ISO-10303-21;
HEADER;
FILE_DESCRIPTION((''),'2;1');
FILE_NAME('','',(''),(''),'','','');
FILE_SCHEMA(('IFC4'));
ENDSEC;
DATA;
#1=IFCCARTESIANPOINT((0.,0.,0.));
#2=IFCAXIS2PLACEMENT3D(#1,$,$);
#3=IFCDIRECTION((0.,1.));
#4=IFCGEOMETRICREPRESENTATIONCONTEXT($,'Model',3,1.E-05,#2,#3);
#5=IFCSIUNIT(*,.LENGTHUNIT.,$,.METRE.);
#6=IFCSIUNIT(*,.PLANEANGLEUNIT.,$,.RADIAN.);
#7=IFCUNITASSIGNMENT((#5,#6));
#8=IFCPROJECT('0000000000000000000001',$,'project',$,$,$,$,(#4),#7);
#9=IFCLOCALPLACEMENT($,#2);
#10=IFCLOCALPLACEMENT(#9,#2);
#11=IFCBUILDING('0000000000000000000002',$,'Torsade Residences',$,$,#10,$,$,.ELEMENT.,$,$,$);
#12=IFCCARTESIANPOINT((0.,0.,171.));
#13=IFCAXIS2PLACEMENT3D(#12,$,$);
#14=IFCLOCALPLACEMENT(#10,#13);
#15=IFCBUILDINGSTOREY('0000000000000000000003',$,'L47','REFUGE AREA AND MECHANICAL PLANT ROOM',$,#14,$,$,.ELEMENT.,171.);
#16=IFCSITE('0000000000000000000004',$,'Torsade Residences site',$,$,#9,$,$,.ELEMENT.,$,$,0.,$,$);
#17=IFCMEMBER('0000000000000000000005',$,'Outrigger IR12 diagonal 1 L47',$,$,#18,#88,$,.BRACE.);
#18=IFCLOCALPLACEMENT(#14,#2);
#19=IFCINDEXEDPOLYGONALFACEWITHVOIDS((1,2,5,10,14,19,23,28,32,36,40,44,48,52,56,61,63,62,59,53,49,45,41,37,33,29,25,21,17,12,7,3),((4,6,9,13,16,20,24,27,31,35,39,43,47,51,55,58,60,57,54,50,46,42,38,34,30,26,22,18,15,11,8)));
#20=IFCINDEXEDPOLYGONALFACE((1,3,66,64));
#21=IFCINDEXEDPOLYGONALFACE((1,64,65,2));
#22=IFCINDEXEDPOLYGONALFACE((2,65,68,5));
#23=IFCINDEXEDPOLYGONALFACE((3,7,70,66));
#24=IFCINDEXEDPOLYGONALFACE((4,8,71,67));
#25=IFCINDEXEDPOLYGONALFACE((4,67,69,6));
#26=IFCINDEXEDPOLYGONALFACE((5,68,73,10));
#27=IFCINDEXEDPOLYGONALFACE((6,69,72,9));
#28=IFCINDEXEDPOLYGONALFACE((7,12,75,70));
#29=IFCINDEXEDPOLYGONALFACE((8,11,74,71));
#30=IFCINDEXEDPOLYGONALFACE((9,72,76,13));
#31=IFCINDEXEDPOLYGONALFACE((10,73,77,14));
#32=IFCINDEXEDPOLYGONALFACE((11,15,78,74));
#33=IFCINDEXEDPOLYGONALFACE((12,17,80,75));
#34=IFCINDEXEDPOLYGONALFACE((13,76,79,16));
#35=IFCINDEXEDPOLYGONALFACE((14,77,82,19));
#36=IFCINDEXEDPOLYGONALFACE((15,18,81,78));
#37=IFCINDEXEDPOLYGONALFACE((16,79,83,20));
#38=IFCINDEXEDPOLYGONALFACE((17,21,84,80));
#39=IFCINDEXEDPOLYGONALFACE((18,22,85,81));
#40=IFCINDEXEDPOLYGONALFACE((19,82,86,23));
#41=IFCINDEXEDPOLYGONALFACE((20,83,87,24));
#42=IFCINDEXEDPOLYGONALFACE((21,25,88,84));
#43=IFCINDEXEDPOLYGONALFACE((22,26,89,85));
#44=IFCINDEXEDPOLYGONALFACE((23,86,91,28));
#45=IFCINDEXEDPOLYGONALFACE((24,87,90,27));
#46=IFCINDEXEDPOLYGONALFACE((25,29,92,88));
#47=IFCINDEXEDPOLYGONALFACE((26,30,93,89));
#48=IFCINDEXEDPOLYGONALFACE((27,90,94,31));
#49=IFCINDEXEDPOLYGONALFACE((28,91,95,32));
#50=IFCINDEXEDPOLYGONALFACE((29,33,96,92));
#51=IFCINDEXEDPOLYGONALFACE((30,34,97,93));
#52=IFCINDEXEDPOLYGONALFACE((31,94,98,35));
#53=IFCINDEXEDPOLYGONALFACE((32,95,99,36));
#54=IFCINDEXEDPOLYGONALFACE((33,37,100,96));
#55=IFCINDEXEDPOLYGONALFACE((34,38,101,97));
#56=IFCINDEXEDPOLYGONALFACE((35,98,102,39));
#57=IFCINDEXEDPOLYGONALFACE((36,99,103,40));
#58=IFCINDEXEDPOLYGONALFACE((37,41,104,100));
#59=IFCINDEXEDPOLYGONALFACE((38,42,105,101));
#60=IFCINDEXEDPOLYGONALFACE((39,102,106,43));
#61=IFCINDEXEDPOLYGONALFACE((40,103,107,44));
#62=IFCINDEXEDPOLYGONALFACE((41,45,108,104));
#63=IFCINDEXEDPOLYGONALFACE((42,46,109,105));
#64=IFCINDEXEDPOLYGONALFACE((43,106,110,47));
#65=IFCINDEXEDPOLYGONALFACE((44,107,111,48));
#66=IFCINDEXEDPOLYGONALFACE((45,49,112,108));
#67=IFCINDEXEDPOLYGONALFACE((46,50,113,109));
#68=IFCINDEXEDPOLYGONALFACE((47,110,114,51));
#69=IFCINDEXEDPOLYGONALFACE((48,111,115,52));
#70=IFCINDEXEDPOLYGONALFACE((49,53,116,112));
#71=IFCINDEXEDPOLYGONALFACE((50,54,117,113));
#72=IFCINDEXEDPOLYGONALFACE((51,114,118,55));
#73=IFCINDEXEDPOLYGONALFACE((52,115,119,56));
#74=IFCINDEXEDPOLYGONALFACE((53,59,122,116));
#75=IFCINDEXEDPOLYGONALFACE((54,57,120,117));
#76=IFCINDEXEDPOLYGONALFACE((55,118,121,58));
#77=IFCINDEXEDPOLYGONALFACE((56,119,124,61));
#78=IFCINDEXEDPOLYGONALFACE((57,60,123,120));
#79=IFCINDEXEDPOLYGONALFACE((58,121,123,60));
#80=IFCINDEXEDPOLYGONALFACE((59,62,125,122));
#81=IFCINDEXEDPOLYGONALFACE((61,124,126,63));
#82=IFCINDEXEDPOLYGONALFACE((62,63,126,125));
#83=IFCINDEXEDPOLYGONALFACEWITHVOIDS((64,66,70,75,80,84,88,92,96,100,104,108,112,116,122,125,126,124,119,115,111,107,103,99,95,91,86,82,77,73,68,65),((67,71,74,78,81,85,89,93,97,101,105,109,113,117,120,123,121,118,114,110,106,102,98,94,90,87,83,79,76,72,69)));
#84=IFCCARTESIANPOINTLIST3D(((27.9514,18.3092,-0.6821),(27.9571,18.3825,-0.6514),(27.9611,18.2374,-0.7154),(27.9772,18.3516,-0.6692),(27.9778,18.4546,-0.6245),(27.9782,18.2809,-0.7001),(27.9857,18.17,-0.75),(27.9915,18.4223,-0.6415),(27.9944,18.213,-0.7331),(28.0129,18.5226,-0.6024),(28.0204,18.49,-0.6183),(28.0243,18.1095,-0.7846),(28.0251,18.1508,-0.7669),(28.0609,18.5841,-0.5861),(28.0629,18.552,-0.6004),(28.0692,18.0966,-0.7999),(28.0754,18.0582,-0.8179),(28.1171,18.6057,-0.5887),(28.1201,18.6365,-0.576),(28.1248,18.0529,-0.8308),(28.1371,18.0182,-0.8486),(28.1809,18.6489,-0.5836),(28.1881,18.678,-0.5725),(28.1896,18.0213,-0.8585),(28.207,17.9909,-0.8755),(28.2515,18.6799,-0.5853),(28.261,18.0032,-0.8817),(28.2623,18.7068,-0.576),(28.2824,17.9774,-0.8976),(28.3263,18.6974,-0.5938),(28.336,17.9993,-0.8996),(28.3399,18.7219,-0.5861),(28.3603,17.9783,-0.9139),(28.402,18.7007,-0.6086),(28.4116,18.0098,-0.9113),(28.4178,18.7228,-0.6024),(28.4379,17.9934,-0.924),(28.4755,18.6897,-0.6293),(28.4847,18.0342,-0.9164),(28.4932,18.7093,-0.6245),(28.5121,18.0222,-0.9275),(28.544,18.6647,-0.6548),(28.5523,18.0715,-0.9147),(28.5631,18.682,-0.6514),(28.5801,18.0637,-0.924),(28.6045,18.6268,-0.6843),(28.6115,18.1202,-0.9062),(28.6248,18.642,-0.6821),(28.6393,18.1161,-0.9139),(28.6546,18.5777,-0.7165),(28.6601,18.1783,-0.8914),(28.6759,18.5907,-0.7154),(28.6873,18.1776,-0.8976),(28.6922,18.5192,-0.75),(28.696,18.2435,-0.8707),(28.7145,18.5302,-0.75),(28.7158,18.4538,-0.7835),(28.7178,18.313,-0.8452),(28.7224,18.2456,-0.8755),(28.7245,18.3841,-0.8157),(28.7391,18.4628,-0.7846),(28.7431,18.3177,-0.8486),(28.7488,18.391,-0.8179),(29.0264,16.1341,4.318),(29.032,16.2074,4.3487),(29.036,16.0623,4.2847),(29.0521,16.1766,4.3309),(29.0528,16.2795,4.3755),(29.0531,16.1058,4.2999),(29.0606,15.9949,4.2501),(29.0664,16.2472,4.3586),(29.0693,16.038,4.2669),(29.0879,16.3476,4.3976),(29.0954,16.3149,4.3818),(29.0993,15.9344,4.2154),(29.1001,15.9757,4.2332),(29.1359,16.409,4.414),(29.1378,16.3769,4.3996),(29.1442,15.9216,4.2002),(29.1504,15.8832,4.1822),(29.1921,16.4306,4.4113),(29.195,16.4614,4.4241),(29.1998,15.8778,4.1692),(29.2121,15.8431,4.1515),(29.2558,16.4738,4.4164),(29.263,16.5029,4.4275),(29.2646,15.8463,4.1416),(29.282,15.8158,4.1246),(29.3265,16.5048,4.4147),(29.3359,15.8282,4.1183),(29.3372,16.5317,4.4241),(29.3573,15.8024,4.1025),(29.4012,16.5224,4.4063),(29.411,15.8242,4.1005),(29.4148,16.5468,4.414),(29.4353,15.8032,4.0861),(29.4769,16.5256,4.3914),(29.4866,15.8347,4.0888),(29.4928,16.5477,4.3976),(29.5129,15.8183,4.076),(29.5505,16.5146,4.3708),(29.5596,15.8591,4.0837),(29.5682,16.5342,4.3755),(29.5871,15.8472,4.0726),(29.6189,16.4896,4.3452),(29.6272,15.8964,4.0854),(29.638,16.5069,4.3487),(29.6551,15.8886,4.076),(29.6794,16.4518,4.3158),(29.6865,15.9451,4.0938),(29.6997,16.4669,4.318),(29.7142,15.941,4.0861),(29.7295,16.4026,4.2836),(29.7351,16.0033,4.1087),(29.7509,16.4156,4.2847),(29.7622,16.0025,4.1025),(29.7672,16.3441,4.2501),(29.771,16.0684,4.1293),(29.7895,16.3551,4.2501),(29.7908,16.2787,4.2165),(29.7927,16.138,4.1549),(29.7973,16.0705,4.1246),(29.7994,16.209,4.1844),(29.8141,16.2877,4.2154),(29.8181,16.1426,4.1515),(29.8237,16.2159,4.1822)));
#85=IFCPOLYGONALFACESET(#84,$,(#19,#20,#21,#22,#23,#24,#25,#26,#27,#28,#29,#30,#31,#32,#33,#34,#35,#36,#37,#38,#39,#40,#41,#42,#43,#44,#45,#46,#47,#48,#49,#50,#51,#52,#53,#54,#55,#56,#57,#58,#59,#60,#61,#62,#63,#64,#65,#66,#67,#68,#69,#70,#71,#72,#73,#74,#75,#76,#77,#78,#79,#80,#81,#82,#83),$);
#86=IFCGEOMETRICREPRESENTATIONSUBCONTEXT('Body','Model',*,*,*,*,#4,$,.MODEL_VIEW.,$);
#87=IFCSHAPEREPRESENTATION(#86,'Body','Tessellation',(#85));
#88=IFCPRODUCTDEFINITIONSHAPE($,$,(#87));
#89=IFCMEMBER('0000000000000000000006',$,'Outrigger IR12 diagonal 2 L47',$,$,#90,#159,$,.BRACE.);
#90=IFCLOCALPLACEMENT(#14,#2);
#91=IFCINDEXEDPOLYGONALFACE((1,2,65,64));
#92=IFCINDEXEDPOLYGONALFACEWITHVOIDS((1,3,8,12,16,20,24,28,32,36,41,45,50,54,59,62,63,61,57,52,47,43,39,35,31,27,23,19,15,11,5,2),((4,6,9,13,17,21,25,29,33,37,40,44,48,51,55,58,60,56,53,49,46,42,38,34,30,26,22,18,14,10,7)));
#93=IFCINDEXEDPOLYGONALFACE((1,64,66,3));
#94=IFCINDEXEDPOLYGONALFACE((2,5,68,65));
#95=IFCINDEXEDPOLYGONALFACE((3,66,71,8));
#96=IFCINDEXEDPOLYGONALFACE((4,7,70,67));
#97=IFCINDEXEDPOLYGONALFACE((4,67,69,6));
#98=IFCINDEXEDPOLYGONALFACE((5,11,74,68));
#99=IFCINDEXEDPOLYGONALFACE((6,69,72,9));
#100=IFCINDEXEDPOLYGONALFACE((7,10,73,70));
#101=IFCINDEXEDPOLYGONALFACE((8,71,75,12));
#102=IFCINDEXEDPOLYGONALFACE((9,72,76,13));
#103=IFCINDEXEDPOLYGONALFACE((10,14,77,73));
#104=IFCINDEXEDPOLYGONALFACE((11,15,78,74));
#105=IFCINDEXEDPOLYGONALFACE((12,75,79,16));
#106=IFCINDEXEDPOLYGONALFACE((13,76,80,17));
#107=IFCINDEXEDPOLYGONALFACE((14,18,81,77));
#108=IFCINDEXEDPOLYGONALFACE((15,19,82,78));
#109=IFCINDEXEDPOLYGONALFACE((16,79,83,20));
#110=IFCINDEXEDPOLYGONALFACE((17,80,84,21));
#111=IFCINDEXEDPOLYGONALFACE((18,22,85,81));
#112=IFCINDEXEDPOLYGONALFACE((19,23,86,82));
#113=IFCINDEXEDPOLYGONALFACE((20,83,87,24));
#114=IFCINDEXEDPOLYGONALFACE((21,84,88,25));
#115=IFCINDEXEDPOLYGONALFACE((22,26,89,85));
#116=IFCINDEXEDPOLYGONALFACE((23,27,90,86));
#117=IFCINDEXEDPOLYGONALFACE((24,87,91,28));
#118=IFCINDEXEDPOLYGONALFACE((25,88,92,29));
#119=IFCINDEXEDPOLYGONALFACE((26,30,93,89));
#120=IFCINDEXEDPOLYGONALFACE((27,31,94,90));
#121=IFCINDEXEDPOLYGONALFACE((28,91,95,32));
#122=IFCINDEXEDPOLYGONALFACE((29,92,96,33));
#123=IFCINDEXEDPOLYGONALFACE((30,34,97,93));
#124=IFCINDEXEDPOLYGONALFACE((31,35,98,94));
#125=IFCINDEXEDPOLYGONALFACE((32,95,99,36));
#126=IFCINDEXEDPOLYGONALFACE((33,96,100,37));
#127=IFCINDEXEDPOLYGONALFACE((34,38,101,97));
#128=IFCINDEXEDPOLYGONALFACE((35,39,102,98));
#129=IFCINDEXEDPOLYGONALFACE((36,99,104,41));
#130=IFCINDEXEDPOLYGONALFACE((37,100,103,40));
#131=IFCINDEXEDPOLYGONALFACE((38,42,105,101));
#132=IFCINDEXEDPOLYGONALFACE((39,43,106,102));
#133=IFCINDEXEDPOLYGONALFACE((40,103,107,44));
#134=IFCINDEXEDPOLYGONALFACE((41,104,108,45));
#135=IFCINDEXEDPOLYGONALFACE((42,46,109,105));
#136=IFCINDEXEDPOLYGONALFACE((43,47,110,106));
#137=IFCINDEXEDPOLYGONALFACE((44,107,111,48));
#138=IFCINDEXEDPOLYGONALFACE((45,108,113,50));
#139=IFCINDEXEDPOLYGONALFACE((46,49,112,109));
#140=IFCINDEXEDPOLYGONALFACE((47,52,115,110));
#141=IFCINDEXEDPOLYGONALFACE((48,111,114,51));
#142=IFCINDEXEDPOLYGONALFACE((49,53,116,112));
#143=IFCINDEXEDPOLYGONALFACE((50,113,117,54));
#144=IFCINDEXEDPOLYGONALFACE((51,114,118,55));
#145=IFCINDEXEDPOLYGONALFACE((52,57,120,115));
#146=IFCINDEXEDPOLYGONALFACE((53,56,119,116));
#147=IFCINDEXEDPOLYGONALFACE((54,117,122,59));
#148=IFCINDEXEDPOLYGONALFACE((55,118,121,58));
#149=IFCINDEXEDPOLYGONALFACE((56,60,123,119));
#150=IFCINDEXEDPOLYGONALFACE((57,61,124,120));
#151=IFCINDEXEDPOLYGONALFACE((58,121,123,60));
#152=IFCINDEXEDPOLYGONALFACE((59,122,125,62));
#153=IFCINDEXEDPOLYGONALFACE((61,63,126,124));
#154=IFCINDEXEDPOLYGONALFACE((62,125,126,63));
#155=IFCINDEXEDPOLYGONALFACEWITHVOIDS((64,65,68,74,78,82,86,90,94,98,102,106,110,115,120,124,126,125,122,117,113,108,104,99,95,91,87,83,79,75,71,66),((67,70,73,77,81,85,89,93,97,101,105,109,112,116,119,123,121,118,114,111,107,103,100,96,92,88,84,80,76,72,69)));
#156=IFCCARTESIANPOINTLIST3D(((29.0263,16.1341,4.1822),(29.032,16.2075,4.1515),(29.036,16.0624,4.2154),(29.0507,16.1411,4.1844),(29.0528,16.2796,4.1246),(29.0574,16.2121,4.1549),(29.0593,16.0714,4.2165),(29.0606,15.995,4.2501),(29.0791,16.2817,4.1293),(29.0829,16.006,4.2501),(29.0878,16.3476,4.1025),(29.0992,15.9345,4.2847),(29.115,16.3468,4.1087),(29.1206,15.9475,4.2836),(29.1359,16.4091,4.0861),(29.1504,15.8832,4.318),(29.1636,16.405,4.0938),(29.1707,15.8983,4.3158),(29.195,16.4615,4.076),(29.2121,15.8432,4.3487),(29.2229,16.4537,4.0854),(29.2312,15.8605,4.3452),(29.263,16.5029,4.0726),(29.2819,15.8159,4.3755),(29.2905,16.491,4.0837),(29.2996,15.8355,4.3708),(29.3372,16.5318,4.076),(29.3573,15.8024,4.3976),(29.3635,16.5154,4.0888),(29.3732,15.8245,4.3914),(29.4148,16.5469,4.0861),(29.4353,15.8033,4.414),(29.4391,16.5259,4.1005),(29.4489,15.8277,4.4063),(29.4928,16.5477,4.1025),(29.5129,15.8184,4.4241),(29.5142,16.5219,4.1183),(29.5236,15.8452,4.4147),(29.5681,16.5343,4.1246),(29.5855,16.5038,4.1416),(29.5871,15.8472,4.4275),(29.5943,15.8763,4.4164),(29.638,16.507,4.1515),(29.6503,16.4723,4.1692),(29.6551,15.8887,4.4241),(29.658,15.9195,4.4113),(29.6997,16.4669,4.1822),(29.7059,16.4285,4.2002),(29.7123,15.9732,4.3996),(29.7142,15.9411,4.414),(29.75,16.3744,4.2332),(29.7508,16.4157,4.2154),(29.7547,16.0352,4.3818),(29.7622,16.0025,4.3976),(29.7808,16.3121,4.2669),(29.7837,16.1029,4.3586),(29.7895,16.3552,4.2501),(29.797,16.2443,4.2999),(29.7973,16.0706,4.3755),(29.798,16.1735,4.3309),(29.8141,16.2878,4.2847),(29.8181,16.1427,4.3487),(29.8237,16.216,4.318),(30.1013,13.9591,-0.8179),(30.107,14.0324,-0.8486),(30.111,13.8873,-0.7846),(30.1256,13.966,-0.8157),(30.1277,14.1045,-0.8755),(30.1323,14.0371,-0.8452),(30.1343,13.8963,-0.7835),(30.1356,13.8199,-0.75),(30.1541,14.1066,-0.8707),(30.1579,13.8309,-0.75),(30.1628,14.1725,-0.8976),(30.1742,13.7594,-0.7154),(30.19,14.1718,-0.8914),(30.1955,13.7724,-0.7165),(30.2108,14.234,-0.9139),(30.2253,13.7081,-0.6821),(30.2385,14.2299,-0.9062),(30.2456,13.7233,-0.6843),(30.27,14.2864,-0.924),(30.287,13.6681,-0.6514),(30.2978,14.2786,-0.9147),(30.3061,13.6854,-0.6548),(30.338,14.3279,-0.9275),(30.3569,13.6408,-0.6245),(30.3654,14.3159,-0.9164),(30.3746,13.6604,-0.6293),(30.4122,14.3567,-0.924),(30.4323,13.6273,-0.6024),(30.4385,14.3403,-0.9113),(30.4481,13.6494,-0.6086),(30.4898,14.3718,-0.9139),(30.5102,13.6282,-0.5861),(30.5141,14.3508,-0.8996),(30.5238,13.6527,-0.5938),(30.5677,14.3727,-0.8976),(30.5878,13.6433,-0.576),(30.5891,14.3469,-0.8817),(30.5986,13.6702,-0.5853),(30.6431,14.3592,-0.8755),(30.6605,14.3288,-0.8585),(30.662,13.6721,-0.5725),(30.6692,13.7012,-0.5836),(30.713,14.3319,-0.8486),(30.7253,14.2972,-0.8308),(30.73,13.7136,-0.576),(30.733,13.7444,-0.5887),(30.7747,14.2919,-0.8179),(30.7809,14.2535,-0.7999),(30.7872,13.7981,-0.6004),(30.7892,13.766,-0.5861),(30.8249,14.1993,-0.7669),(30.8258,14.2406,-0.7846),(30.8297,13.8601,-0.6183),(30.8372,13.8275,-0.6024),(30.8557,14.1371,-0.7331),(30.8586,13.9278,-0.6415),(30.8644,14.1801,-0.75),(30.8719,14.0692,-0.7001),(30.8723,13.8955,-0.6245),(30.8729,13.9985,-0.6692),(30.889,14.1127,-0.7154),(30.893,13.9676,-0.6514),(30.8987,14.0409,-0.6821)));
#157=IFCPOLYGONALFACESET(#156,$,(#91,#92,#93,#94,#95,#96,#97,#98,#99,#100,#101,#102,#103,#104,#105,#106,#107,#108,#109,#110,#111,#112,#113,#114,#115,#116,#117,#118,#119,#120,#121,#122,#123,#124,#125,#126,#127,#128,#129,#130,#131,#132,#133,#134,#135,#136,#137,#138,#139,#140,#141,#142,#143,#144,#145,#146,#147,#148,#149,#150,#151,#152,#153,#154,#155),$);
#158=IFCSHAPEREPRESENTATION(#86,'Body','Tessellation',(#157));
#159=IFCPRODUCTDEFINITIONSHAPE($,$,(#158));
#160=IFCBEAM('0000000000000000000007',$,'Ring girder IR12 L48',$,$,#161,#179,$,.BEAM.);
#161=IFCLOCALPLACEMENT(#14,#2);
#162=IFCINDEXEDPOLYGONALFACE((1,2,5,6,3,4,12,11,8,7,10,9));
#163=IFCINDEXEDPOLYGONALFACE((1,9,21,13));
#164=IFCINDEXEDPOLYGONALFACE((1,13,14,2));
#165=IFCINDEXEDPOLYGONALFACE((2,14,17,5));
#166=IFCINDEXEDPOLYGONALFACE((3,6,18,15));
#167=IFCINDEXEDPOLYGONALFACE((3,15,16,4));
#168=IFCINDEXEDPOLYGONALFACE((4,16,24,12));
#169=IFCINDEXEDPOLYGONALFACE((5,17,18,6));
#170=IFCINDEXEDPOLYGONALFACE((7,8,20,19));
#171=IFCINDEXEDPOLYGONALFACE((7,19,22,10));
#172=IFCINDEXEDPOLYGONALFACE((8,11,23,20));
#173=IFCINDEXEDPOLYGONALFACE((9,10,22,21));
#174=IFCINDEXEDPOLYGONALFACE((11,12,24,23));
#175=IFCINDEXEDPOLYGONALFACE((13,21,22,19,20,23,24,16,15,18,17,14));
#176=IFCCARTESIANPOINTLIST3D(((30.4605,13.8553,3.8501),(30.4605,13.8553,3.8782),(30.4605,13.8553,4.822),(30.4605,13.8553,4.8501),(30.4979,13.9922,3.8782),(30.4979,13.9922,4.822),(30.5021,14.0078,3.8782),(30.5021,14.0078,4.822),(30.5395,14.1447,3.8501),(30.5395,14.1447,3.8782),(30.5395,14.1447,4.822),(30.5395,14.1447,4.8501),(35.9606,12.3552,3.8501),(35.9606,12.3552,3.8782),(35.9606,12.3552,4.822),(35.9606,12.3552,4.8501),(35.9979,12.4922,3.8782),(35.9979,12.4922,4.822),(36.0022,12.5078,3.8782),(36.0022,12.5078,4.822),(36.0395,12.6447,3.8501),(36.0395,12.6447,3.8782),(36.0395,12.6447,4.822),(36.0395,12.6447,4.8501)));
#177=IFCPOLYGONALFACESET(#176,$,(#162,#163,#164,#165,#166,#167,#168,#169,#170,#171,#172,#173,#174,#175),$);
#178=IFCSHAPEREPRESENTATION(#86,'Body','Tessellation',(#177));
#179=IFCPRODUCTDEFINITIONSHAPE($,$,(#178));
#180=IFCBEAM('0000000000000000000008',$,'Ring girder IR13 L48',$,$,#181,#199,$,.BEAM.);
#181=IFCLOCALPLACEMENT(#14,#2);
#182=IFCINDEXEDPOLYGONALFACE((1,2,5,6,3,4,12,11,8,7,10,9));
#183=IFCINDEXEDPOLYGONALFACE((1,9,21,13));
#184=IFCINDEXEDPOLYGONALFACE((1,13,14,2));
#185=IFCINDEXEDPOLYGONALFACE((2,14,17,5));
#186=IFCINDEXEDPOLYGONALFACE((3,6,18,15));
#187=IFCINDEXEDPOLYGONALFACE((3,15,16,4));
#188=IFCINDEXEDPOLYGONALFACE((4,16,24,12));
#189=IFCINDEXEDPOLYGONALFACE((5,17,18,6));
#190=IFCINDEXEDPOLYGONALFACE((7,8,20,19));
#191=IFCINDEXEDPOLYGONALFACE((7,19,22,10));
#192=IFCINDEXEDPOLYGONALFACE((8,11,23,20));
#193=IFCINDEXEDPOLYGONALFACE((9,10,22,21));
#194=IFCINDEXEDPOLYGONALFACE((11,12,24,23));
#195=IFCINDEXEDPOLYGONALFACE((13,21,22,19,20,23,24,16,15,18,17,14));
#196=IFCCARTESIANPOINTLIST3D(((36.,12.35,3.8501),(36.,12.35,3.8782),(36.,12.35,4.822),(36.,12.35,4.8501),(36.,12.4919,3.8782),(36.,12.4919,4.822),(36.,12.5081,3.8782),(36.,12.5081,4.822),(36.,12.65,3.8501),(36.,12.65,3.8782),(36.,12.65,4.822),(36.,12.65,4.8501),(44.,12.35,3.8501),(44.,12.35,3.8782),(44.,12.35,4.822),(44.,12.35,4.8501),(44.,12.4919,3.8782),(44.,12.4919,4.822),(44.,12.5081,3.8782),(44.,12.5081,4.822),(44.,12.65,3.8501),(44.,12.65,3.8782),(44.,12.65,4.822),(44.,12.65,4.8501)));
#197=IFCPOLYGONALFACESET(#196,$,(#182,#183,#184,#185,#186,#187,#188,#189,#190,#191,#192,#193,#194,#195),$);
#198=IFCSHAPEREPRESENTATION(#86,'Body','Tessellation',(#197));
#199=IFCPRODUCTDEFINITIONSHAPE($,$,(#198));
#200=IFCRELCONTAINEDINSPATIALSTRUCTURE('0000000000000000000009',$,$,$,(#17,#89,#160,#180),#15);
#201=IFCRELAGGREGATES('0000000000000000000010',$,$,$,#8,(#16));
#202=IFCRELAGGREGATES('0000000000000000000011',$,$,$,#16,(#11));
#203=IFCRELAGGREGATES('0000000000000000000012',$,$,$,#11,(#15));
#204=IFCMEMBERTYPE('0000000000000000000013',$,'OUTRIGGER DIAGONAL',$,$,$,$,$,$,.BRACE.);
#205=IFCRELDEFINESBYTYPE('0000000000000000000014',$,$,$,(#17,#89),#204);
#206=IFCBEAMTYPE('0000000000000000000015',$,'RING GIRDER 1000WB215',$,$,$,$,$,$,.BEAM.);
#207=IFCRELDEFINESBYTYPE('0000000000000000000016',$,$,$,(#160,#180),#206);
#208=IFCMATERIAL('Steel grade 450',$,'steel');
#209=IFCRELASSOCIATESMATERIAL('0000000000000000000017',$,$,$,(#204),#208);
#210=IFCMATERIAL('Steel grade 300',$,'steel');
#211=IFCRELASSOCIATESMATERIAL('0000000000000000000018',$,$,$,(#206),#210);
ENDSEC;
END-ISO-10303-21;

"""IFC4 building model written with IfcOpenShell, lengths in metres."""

from ifc_helpers import new_model, si_unit, direction, frame, origin, origin_2d, place, context, subcontext, project, spatial, hollow_circle, i_section, extrude, material, material_profile, profile_set, type_object, element, save


model = new_model("IFC4")

# Units and contexts
model_context = context("Model", 3, precision=1e-05, world=origin(), true_north=direction((0.0, 1.0)))
body_context = subcontext(model_context, "Body", "Model", "MODEL_VIEW")
ifc_project = project(units=[si_unit("LENGTHUNIT", "METRE"), si_unit("PLANEANGLEUNIT", "RADIAN")], contexts=[model_context])

# Site, building, storey
site_placement = place(None, origin())
site = spatial("IfcSite", under=ifc_project, at=site_placement, Name="Torsade Residences site", CompositionType="ELEMENT", RefElevation=0.0)
building_placement = place(site_placement, origin())
building = spatial("IfcBuilding", under=site, at=building_placement, Name="Torsade Residences", CompositionType="ELEMENT")
storey_placement = place(building_placement, frame((0.0, 0.0, 171.0)))
storey = spatial("IfcBuildingStorey", under=building, at=storey_placement, Name="L47", Description="REFUGE AREA AND MECHANICAL PLANT ROOM", CompositionType="ELEMENT", Elevation=171.0)

# Members
ifc_material_1 = material(Name="Steel grade 450", Category="steel")
ifc_material_profile_1 = material_profile(ifc_material_1, hollow_circle(Radius=0.4065, WallThickness=0.0249, at=origin_2d()), Name="813.0x25.0CHS")
ifc_profile_set_1 = profile_set([ifc_material_profile_1], Name="Steel grade 450")
member_type_1 = type_object("IfcMemberType", Name="OUTRIGGER DIAGONAL", PredefinedType="BRACE", material=ifc_profile_set_1)
for number, where, z_axis, x_axis, name in (
    (1, (28.3501, 18.3501, -0.75), (0.193422, -0.391368, 0.899677), (0.896491, 0.443063, 0.0), "Outrigger IR12 diagonal 1 L47"),
    (2, (30.5, 14.0, -0.75), (-0.193422, 0.391368, 0.899677), (-0.896491, -0.443063, 0.0), "Outrigger IR12 diagonal 2 L47"),
):
    element("IfcMember", number, at=place(storey_placement, frame(where, z_axis=z_axis, x_axis=x_axis)), inside=storey, type_object=member_type_1, Name=name, PredefinedType="BRACE", context=body_context, shape_type="SweptSolid", body=[
        extrude(hollow_circle(Radius=0.4065, WallThickness=0.0249, at=origin_2d()), origin(), (0.0, 0.0, 1.0), 5.5576),
    ])

# Beams
ifc_material_2 = material(Name="Steel grade 300", Category="steel")
ifc_material_profile_2 = material_profile(ifc_material_2, i_section(OverallWidth=0.3, OverallDepth=1.0, WebThickness=0.0161, FlangeThickness=0.0281, at=origin_2d()), Name="1000WB215")
ifc_profile_set_2 = profile_set([ifc_material_profile_2], Name="Steel grade 300")
beam_type_1 = type_object("IfcBeamType", Name="RING GIRDER 1000WB215", PredefinedType="BEAM", material=ifc_profile_set_2)
beam_1_placement = place(storey_placement, frame((30.5, 14.0, 4.3501), z_axis=(0.964764, -0.263117, 0.0), x_axis=(0.263117, 0.964764, 0.0)))
element("IfcBeam", 3, at=beam_1_placement, inside=storey, type_object=beam_type_1, Name="Ring girder IR12 L48", PredefinedType="BEAM", context=body_context, shape_type="SweptSolid", body=[
    extrude(i_section(OverallWidth=0.3, OverallDepth=1.0, WebThickness=0.0161, FlangeThickness=0.0281, at=origin_2d()), origin(), (0.0, 0.0, 1.0), 5.7009),
])
beam_2_placement = place(storey_placement, frame((36.0, 12.5, 4.3501), z_axis=(1.0, 0.0, 0.0), x_axis=(0.0, 1.0, 0.0)))
element("IfcBeam", 4, at=beam_2_placement, inside=storey, type_object=beam_type_1, Name="Ring girder IR13 L48", PredefinedType="BEAM", context=body_context, shape_type="SweptSolid", body=[
    extrude(i_section(OverallWidth=0.3, OverallDepth=1.0, WebThickness=0.0161, FlangeThickness=0.0281, at=origin_2d()), origin(), (0.0, 0.0, 1.0), 8.0),
])

save(model, "model.ifc")
